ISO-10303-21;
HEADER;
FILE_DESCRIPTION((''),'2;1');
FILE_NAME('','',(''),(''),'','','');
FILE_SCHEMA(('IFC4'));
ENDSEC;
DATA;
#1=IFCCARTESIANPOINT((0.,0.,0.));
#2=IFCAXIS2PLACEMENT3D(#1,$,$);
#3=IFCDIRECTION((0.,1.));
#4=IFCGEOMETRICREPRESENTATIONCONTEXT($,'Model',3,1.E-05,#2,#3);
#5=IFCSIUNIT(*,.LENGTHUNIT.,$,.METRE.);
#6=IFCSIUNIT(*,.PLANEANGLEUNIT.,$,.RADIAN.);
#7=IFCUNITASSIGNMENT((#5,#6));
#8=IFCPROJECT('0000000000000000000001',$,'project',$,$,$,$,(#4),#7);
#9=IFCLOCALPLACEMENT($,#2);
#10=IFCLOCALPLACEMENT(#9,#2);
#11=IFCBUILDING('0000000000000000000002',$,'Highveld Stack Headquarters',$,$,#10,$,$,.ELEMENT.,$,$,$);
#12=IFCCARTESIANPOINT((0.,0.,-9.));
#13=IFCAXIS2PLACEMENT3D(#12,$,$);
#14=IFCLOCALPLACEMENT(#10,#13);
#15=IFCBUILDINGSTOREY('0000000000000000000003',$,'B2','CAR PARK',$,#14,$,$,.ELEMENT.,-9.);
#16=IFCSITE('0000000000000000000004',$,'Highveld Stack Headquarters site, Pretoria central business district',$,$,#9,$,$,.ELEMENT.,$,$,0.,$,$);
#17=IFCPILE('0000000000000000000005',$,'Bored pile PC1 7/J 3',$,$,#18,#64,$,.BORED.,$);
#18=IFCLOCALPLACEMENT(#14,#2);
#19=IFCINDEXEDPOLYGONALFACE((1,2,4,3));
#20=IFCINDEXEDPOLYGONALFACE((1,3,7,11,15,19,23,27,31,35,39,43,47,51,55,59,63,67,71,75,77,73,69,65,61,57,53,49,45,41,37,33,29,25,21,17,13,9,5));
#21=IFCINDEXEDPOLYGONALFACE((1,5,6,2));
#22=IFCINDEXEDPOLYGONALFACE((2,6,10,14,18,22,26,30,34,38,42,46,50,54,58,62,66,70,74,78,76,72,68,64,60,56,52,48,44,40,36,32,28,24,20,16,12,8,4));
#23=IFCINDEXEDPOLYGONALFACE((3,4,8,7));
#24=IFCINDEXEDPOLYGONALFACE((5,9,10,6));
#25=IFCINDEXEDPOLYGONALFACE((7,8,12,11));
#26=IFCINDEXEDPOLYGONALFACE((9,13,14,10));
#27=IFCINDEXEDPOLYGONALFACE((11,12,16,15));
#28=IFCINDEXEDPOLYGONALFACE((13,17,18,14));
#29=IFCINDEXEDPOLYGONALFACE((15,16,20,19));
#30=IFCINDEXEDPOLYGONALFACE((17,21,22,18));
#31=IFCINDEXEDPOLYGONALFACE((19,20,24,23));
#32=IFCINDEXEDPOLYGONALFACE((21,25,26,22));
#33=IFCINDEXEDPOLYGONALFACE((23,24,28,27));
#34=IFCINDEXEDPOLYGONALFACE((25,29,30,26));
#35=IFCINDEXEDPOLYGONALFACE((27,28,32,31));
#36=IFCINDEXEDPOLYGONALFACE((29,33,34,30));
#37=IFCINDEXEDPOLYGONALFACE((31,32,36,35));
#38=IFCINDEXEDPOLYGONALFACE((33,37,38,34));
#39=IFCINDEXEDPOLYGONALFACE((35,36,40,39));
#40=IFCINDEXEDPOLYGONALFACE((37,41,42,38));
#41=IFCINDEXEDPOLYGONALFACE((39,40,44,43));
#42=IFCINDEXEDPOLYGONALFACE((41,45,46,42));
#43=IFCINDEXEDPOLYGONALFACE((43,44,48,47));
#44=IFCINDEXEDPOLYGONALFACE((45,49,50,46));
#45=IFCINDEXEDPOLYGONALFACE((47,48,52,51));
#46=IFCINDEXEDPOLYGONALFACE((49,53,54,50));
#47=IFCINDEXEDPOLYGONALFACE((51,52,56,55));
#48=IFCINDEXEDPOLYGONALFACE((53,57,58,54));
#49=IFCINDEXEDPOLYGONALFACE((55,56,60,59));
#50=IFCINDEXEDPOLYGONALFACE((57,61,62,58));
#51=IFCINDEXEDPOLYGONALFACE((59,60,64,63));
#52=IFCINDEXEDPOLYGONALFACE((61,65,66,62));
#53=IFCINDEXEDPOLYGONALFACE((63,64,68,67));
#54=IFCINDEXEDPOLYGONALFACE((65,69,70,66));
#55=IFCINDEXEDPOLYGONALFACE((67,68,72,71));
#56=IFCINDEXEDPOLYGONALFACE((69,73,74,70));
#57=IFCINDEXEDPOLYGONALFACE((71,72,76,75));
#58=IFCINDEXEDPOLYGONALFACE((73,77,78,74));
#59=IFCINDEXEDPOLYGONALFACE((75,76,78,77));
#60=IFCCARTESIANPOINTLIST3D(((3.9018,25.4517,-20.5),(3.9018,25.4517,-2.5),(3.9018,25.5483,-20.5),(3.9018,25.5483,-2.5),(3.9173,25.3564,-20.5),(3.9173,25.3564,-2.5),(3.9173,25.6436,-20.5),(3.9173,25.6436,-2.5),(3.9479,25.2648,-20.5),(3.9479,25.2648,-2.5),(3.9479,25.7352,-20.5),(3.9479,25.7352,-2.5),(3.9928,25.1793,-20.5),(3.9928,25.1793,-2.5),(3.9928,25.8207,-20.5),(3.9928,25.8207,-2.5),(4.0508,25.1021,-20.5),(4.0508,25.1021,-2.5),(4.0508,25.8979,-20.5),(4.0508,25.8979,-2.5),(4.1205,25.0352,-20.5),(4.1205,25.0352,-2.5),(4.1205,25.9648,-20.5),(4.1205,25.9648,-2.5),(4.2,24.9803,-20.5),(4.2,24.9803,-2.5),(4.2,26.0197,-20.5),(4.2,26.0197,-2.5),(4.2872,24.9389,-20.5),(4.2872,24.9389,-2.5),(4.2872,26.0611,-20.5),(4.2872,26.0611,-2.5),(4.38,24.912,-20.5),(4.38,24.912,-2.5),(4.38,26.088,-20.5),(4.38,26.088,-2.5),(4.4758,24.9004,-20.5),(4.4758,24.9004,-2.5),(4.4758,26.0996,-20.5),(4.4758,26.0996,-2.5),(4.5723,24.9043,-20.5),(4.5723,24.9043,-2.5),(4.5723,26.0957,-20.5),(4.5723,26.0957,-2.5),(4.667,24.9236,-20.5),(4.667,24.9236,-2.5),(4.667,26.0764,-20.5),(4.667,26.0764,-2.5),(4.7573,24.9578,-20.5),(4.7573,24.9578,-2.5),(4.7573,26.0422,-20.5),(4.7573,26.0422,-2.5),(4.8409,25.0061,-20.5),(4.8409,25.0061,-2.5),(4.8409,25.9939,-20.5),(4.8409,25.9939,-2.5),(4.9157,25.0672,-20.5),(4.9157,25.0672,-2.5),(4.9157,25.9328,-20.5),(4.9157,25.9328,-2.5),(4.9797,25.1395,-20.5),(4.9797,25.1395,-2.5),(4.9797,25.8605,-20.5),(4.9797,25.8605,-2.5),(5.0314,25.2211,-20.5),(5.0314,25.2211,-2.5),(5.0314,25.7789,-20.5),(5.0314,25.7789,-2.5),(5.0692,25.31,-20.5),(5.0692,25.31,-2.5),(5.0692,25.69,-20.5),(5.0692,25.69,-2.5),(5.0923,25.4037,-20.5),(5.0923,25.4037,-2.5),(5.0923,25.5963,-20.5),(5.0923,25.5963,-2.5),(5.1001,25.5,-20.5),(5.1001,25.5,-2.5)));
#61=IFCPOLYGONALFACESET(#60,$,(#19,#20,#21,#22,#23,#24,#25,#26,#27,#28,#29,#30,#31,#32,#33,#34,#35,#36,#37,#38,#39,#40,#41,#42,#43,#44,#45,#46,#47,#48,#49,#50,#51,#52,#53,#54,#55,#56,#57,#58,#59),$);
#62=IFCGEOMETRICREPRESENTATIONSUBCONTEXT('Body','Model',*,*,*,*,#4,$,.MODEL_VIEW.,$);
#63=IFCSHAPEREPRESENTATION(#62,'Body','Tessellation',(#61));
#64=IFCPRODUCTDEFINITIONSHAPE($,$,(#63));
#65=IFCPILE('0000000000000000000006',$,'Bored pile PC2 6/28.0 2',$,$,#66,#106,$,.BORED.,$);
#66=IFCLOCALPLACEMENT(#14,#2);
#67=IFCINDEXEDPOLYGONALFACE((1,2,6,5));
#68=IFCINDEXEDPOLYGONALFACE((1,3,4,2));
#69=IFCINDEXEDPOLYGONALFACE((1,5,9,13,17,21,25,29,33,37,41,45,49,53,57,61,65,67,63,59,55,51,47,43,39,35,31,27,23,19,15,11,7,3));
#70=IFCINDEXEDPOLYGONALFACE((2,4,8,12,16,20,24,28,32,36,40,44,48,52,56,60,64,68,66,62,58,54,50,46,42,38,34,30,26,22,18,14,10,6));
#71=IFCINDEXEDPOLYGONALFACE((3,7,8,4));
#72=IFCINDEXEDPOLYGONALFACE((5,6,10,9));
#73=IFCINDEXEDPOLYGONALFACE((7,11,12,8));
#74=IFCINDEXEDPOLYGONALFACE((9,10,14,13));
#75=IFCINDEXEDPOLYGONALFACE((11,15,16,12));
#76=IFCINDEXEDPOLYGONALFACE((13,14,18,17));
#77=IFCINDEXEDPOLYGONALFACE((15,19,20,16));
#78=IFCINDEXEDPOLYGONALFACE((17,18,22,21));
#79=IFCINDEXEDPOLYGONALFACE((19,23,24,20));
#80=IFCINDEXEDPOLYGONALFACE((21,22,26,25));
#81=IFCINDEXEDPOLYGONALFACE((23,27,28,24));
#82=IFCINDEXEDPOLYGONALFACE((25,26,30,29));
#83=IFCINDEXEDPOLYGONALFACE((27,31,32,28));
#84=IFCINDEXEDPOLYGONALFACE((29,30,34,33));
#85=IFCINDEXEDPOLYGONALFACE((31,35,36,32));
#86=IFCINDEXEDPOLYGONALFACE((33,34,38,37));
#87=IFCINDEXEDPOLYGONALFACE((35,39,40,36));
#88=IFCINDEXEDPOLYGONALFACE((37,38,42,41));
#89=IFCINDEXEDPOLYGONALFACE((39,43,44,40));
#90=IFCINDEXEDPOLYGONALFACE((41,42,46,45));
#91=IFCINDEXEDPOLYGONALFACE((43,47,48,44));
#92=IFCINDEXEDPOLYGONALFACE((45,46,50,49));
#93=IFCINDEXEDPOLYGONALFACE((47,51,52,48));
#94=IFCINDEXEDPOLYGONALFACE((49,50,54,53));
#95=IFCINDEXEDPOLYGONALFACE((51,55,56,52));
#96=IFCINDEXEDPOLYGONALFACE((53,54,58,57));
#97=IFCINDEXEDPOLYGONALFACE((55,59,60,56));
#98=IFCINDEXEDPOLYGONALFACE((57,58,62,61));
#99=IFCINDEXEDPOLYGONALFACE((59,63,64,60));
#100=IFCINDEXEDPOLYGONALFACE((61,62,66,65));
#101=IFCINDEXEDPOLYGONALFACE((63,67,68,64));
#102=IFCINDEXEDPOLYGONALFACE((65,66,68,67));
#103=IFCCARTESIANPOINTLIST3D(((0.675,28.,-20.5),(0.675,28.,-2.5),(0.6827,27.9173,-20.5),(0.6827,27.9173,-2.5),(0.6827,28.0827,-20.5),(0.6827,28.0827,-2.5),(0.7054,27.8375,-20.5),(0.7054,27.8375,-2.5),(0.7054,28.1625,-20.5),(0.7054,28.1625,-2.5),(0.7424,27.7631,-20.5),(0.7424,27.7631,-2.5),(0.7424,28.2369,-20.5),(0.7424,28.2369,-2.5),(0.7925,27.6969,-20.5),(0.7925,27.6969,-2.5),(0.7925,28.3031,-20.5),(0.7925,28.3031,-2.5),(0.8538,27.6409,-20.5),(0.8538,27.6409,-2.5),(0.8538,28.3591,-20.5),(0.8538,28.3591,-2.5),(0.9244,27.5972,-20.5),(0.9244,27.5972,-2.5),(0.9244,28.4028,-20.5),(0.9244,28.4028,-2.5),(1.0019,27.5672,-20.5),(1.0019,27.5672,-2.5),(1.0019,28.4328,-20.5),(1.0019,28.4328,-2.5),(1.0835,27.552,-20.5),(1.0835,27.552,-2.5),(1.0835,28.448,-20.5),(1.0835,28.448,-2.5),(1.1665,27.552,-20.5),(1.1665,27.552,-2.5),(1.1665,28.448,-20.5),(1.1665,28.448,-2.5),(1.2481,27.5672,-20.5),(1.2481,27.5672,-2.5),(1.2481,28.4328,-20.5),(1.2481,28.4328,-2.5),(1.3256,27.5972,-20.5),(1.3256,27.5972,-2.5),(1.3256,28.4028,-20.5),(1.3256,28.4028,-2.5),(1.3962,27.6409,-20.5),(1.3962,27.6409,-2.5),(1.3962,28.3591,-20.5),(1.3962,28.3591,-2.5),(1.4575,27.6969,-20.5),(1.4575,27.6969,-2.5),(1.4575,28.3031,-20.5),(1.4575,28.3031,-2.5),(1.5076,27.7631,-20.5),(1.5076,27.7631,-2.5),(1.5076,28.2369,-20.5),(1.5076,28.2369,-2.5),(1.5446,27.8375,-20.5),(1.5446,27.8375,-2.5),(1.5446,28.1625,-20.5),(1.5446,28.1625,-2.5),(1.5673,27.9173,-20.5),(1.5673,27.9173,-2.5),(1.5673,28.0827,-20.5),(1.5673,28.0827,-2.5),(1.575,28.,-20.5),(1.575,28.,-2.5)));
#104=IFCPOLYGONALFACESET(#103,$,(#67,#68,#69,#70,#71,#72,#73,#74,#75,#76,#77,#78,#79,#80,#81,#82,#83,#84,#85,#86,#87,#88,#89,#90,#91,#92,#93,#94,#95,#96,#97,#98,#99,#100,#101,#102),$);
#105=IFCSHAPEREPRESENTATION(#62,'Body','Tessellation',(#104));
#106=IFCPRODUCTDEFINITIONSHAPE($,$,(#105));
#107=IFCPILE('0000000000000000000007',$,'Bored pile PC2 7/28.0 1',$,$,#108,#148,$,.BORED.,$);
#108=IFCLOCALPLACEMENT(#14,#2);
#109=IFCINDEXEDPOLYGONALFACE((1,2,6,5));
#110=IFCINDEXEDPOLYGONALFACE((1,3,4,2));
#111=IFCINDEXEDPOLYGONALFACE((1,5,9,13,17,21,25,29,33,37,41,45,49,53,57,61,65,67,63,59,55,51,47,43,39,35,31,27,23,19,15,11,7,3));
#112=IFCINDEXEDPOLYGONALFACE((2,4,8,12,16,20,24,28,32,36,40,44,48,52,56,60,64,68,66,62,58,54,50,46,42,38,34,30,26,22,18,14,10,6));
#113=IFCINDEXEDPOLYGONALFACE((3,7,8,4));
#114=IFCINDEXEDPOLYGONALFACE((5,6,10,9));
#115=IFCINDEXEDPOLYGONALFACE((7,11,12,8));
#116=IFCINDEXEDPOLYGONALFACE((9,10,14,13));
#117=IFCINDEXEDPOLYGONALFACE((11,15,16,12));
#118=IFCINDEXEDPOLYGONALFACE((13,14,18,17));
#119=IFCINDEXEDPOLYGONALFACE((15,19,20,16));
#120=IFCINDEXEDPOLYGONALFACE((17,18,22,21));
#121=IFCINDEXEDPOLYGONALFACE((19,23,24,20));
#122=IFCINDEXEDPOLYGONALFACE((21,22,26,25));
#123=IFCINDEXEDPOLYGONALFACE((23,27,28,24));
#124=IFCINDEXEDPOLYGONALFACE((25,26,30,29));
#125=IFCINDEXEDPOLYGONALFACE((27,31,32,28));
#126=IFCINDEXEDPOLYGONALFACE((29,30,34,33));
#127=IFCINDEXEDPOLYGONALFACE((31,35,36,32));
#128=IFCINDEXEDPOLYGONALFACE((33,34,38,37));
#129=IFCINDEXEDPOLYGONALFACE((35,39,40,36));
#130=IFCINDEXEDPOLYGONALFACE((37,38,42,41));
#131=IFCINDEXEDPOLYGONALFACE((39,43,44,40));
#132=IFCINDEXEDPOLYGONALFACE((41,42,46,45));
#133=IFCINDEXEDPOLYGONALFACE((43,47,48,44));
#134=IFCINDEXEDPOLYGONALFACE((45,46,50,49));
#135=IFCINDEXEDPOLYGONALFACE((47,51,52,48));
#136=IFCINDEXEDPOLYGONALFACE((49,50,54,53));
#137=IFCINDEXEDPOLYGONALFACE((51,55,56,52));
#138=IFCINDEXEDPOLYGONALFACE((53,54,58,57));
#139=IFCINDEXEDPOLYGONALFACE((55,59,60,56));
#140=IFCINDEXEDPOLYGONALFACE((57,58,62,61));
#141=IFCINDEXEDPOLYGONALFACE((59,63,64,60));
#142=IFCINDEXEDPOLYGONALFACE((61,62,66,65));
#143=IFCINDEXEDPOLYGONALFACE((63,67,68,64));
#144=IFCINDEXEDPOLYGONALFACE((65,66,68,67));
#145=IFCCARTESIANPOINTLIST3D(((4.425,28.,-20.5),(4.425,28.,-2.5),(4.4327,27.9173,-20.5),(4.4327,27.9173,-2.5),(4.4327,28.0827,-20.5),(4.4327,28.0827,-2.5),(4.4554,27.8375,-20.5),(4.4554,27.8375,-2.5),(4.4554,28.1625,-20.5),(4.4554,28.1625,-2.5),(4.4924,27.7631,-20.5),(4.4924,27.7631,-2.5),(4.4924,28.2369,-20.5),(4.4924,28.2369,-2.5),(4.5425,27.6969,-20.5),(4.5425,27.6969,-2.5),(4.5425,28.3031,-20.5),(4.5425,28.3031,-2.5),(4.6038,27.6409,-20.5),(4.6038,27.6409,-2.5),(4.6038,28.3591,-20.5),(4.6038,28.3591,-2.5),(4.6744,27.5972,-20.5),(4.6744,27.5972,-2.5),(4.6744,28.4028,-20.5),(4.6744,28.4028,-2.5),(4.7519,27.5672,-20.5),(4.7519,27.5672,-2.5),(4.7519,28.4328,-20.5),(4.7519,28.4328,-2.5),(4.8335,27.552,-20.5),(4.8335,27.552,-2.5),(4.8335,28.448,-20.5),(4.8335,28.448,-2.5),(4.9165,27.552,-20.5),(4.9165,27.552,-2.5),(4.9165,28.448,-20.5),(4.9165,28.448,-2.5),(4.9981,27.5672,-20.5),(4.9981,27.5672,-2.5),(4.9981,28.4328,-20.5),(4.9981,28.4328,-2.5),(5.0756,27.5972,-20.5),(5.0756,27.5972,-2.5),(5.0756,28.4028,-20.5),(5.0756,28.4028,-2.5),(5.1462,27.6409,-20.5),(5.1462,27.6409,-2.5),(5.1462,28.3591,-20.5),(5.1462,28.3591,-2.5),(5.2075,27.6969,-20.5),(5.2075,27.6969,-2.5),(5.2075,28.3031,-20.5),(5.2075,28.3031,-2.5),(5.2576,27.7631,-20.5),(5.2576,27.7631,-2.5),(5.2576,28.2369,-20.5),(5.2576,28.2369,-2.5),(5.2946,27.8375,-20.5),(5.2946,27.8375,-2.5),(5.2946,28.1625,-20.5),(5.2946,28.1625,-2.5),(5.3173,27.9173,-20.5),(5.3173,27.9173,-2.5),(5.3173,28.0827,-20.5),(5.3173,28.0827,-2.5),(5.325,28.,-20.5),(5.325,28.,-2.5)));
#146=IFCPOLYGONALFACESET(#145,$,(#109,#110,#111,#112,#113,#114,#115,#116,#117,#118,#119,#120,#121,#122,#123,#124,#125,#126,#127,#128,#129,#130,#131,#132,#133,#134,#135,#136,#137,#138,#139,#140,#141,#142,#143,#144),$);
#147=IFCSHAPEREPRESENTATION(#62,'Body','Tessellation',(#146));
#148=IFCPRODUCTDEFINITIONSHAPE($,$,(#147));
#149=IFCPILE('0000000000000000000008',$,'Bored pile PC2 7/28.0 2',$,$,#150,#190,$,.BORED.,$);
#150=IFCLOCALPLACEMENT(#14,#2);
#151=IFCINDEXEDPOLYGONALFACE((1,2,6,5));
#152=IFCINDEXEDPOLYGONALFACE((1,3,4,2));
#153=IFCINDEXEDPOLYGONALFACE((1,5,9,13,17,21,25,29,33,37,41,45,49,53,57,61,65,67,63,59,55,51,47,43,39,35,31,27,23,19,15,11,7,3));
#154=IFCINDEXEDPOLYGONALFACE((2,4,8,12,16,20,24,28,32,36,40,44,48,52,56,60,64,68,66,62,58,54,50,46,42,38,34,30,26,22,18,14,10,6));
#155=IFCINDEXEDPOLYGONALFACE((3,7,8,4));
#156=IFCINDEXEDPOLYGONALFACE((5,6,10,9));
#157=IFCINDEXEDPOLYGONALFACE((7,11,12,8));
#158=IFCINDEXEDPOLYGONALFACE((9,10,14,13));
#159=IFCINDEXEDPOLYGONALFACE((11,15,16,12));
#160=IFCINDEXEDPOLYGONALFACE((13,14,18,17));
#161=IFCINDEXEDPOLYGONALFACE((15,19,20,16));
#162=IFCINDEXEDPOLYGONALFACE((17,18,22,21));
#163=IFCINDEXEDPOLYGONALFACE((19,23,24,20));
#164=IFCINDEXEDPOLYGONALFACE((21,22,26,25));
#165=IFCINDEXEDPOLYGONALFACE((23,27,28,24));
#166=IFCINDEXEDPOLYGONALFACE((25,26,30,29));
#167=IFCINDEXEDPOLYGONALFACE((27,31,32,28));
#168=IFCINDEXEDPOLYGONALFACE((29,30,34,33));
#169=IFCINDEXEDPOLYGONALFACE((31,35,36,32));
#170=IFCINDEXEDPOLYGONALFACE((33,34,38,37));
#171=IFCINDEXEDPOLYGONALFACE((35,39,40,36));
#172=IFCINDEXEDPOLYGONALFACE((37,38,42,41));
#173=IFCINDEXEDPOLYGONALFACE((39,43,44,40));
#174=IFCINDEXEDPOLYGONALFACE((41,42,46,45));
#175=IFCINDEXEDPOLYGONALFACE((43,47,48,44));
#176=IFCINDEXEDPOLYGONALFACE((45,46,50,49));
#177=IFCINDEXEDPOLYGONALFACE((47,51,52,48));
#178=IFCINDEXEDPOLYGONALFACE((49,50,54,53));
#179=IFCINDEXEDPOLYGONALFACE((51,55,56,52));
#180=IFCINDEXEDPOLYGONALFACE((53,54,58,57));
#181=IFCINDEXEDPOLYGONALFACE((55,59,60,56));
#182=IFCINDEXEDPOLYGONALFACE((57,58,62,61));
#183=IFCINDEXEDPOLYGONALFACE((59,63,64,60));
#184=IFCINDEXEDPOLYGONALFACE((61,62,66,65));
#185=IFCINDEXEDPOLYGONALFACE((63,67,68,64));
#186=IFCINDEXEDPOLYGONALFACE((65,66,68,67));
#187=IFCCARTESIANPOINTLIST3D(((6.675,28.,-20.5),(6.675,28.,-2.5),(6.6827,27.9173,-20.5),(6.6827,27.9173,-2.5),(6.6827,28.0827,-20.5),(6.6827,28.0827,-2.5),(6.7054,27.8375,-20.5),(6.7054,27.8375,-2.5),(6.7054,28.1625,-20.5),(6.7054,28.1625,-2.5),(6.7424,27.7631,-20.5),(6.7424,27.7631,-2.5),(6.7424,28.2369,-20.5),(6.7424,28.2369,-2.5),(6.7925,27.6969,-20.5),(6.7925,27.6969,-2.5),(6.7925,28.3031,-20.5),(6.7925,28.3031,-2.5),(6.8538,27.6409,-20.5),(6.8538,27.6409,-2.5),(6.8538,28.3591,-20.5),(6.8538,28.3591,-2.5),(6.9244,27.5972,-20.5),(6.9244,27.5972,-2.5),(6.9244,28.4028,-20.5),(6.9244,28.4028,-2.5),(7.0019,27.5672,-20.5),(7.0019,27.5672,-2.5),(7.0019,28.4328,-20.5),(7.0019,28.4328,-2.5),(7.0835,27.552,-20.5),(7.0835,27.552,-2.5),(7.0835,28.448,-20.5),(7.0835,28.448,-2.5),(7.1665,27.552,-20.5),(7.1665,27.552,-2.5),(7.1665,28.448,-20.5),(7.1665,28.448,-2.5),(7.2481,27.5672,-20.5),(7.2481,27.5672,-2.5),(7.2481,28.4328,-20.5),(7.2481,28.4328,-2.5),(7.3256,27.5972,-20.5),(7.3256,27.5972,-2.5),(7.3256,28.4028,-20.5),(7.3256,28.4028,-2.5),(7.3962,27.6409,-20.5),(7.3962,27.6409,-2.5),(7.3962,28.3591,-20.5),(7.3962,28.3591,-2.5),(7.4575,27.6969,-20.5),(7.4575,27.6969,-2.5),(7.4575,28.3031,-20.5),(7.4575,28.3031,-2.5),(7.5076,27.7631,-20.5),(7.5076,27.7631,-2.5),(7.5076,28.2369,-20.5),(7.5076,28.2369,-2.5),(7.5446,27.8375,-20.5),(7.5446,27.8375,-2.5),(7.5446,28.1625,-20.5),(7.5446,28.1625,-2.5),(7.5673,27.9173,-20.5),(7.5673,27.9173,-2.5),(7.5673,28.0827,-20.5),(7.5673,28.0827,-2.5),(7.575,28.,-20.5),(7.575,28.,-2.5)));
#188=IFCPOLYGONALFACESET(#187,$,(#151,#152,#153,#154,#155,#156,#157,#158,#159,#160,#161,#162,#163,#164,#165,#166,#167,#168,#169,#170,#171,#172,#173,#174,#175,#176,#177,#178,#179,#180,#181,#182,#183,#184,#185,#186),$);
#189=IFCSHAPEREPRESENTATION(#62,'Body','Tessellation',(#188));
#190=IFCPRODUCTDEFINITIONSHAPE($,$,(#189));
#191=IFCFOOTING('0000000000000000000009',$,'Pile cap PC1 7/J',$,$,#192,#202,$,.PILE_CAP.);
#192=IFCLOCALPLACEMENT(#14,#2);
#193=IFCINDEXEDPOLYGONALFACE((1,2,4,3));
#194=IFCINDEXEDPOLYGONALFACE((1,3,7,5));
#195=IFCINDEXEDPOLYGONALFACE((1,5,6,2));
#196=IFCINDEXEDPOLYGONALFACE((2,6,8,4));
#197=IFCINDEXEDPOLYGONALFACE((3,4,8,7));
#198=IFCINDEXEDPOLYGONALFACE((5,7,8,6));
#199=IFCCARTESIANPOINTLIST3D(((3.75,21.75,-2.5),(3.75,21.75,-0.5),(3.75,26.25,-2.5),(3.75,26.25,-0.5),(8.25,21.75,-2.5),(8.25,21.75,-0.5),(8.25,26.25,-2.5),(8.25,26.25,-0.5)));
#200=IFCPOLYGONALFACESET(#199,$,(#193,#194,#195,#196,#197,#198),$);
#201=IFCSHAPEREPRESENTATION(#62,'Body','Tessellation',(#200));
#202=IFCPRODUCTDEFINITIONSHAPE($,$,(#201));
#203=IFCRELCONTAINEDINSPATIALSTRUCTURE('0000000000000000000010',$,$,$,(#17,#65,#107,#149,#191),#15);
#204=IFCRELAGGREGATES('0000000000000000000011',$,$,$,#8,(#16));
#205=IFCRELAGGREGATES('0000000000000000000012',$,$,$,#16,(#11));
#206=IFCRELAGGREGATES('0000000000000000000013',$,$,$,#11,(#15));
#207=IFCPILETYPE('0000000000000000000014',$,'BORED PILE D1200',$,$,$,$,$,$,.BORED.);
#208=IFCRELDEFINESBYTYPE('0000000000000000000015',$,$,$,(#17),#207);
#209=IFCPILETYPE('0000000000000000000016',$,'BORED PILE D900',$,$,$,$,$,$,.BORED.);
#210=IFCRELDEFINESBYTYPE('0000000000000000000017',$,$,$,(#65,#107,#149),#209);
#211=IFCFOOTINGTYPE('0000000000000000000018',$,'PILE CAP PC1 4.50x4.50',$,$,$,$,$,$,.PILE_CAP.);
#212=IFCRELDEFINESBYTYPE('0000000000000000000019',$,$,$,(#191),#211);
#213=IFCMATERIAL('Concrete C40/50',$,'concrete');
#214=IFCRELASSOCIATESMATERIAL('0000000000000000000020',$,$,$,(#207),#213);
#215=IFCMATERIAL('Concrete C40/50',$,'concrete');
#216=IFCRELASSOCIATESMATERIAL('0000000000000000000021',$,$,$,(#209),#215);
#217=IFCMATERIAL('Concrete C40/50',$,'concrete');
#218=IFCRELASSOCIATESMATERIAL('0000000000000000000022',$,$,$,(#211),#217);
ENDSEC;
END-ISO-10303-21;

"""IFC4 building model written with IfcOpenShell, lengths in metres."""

from ifc_helpers import new_model, si_unit, direction, frame, origin, origin_2d, place, context, subcontext, project, spatial, rectangle, circle, extrude, material, type_object, element, save


model = new_model("IFC4")

# Units and contexts
model_context = context("Model", 3, precision=1e-05, world=origin(), true_north=direction((0.0, 1.0)))
body_context = subcontext(model_context, "Body", "Model", "MODEL_VIEW")
ifc_project = project(units=[si_unit("LENGTHUNIT", "METRE"), si_unit("PLANEANGLEUNIT", "RADIAN")], contexts=[model_context])

# Site, building, storey
site_placement = place(None, origin())
site = spatial("IfcSite", under=ifc_project, at=site_placement, Name="Highveld Stack Headquarters site, Pretoria central business district", CompositionType="ELEMENT", RefElevation=0.0)
building_placement = place(site_placement, origin())
building = spatial("IfcBuilding", under=site, at=building_placement, Name="Highveld Stack Headquarters", CompositionType="ELEMENT")
storey_placement = place(building_placement, frame((0.0, 0.0, -9.0)))
storey = spatial("IfcBuildingStorey", under=building, at=storey_placement, Name="B2", Description="CAR PARK", CompositionType="ELEMENT", Elevation=-9.0)

# Piles
ifc_material_1 = material(Name="Concrete C40/50", Category="concrete")
pile_type_1 = type_object("IfcPileType", Name="BORED PILE D1200", PredefinedType="BORED", material=ifc_material_1)
for number, where, z_axis, x_axis, name in (
    (1, (4.5, 25.5, -2.5), (0.0, 0.0, -1.0), (1.0, 0.0, 0.0), "Bored pile PC1 7/J 3"),
):
    element("IfcPile", number, at=place(storey_placement, frame(where, z_axis=z_axis, x_axis=x_axis)), inside=storey, type_object=pile_type_1, Name=name, PredefinedType="BORED", context=body_context, shape_type="SweptSolid", body=[
        extrude(circle(Radius=0.6001, at=origin_2d()), origin(), (0.0, 0.0, 1.0), 18.0),
    ])
ifc_material_2 = material(Name="Concrete C40/50", Category="concrete")
pile_type_2 = type_object("IfcPileType", Name="BORED PILE D900", PredefinedType="BORED", material=ifc_material_2)
for number, where, z_axis, x_axis, name in (
    (2, (1.125, 28.0, -2.5), (0.0, 0.0, -1.0), (1.0, 0.0, 0.0), "Bored pile PC2 6/28.0 2"),
    (3, (4.875, 28.0, -2.5), (0.0, 0.0, -1.0), (1.0, 0.0, 0.0), "Bored pile PC2 7/28.0 1"),
    (4, (7.125, 28.0, -2.5), (0.0, 0.0, -1.0), (1.0, 0.0, 0.0), "Bored pile PC2 7/28.0 2"),
):
    element("IfcPile", number, at=place(storey_placement, frame(where, z_axis=z_axis, x_axis=x_axis)), inside=storey, type_object=pile_type_2, Name=name, PredefinedType="BORED", context=body_context, shape_type="SweptSolid", body=[
        extrude(circle(Radius=0.45, at=origin_2d()), origin(), (0.0, 0.0, 1.0), 18.0),
    ])

# Footing
ifc_material_3 = material(Name="Concrete C40/50", Category="concrete")
footing_type_1 = type_object("IfcFootingType", Name="PILE CAP PC1 4.50x4.50", PredefinedType="PILE_CAP", material=ifc_material_3)
footing_1_placement = place(storey_placement, frame((6.0, 24.0, -2.5), z_axis=(0.0, 0.0, 1.0), x_axis=(1.0, 0.0, 0.0)))
element("IfcFooting", 5, at=footing_1_placement, inside=storey, type_object=footing_type_1, Name="Pile cap PC1 7/J", PredefinedType="PILE_CAP", context=body_context, shape_type="SweptSolid", body=[
    extrude(rectangle(XDim=4.5, YDim=4.5, at=origin_2d()), origin(), (0.0, 0.0, 1.0), 2.0),
])

save(model, "model.ifc")
